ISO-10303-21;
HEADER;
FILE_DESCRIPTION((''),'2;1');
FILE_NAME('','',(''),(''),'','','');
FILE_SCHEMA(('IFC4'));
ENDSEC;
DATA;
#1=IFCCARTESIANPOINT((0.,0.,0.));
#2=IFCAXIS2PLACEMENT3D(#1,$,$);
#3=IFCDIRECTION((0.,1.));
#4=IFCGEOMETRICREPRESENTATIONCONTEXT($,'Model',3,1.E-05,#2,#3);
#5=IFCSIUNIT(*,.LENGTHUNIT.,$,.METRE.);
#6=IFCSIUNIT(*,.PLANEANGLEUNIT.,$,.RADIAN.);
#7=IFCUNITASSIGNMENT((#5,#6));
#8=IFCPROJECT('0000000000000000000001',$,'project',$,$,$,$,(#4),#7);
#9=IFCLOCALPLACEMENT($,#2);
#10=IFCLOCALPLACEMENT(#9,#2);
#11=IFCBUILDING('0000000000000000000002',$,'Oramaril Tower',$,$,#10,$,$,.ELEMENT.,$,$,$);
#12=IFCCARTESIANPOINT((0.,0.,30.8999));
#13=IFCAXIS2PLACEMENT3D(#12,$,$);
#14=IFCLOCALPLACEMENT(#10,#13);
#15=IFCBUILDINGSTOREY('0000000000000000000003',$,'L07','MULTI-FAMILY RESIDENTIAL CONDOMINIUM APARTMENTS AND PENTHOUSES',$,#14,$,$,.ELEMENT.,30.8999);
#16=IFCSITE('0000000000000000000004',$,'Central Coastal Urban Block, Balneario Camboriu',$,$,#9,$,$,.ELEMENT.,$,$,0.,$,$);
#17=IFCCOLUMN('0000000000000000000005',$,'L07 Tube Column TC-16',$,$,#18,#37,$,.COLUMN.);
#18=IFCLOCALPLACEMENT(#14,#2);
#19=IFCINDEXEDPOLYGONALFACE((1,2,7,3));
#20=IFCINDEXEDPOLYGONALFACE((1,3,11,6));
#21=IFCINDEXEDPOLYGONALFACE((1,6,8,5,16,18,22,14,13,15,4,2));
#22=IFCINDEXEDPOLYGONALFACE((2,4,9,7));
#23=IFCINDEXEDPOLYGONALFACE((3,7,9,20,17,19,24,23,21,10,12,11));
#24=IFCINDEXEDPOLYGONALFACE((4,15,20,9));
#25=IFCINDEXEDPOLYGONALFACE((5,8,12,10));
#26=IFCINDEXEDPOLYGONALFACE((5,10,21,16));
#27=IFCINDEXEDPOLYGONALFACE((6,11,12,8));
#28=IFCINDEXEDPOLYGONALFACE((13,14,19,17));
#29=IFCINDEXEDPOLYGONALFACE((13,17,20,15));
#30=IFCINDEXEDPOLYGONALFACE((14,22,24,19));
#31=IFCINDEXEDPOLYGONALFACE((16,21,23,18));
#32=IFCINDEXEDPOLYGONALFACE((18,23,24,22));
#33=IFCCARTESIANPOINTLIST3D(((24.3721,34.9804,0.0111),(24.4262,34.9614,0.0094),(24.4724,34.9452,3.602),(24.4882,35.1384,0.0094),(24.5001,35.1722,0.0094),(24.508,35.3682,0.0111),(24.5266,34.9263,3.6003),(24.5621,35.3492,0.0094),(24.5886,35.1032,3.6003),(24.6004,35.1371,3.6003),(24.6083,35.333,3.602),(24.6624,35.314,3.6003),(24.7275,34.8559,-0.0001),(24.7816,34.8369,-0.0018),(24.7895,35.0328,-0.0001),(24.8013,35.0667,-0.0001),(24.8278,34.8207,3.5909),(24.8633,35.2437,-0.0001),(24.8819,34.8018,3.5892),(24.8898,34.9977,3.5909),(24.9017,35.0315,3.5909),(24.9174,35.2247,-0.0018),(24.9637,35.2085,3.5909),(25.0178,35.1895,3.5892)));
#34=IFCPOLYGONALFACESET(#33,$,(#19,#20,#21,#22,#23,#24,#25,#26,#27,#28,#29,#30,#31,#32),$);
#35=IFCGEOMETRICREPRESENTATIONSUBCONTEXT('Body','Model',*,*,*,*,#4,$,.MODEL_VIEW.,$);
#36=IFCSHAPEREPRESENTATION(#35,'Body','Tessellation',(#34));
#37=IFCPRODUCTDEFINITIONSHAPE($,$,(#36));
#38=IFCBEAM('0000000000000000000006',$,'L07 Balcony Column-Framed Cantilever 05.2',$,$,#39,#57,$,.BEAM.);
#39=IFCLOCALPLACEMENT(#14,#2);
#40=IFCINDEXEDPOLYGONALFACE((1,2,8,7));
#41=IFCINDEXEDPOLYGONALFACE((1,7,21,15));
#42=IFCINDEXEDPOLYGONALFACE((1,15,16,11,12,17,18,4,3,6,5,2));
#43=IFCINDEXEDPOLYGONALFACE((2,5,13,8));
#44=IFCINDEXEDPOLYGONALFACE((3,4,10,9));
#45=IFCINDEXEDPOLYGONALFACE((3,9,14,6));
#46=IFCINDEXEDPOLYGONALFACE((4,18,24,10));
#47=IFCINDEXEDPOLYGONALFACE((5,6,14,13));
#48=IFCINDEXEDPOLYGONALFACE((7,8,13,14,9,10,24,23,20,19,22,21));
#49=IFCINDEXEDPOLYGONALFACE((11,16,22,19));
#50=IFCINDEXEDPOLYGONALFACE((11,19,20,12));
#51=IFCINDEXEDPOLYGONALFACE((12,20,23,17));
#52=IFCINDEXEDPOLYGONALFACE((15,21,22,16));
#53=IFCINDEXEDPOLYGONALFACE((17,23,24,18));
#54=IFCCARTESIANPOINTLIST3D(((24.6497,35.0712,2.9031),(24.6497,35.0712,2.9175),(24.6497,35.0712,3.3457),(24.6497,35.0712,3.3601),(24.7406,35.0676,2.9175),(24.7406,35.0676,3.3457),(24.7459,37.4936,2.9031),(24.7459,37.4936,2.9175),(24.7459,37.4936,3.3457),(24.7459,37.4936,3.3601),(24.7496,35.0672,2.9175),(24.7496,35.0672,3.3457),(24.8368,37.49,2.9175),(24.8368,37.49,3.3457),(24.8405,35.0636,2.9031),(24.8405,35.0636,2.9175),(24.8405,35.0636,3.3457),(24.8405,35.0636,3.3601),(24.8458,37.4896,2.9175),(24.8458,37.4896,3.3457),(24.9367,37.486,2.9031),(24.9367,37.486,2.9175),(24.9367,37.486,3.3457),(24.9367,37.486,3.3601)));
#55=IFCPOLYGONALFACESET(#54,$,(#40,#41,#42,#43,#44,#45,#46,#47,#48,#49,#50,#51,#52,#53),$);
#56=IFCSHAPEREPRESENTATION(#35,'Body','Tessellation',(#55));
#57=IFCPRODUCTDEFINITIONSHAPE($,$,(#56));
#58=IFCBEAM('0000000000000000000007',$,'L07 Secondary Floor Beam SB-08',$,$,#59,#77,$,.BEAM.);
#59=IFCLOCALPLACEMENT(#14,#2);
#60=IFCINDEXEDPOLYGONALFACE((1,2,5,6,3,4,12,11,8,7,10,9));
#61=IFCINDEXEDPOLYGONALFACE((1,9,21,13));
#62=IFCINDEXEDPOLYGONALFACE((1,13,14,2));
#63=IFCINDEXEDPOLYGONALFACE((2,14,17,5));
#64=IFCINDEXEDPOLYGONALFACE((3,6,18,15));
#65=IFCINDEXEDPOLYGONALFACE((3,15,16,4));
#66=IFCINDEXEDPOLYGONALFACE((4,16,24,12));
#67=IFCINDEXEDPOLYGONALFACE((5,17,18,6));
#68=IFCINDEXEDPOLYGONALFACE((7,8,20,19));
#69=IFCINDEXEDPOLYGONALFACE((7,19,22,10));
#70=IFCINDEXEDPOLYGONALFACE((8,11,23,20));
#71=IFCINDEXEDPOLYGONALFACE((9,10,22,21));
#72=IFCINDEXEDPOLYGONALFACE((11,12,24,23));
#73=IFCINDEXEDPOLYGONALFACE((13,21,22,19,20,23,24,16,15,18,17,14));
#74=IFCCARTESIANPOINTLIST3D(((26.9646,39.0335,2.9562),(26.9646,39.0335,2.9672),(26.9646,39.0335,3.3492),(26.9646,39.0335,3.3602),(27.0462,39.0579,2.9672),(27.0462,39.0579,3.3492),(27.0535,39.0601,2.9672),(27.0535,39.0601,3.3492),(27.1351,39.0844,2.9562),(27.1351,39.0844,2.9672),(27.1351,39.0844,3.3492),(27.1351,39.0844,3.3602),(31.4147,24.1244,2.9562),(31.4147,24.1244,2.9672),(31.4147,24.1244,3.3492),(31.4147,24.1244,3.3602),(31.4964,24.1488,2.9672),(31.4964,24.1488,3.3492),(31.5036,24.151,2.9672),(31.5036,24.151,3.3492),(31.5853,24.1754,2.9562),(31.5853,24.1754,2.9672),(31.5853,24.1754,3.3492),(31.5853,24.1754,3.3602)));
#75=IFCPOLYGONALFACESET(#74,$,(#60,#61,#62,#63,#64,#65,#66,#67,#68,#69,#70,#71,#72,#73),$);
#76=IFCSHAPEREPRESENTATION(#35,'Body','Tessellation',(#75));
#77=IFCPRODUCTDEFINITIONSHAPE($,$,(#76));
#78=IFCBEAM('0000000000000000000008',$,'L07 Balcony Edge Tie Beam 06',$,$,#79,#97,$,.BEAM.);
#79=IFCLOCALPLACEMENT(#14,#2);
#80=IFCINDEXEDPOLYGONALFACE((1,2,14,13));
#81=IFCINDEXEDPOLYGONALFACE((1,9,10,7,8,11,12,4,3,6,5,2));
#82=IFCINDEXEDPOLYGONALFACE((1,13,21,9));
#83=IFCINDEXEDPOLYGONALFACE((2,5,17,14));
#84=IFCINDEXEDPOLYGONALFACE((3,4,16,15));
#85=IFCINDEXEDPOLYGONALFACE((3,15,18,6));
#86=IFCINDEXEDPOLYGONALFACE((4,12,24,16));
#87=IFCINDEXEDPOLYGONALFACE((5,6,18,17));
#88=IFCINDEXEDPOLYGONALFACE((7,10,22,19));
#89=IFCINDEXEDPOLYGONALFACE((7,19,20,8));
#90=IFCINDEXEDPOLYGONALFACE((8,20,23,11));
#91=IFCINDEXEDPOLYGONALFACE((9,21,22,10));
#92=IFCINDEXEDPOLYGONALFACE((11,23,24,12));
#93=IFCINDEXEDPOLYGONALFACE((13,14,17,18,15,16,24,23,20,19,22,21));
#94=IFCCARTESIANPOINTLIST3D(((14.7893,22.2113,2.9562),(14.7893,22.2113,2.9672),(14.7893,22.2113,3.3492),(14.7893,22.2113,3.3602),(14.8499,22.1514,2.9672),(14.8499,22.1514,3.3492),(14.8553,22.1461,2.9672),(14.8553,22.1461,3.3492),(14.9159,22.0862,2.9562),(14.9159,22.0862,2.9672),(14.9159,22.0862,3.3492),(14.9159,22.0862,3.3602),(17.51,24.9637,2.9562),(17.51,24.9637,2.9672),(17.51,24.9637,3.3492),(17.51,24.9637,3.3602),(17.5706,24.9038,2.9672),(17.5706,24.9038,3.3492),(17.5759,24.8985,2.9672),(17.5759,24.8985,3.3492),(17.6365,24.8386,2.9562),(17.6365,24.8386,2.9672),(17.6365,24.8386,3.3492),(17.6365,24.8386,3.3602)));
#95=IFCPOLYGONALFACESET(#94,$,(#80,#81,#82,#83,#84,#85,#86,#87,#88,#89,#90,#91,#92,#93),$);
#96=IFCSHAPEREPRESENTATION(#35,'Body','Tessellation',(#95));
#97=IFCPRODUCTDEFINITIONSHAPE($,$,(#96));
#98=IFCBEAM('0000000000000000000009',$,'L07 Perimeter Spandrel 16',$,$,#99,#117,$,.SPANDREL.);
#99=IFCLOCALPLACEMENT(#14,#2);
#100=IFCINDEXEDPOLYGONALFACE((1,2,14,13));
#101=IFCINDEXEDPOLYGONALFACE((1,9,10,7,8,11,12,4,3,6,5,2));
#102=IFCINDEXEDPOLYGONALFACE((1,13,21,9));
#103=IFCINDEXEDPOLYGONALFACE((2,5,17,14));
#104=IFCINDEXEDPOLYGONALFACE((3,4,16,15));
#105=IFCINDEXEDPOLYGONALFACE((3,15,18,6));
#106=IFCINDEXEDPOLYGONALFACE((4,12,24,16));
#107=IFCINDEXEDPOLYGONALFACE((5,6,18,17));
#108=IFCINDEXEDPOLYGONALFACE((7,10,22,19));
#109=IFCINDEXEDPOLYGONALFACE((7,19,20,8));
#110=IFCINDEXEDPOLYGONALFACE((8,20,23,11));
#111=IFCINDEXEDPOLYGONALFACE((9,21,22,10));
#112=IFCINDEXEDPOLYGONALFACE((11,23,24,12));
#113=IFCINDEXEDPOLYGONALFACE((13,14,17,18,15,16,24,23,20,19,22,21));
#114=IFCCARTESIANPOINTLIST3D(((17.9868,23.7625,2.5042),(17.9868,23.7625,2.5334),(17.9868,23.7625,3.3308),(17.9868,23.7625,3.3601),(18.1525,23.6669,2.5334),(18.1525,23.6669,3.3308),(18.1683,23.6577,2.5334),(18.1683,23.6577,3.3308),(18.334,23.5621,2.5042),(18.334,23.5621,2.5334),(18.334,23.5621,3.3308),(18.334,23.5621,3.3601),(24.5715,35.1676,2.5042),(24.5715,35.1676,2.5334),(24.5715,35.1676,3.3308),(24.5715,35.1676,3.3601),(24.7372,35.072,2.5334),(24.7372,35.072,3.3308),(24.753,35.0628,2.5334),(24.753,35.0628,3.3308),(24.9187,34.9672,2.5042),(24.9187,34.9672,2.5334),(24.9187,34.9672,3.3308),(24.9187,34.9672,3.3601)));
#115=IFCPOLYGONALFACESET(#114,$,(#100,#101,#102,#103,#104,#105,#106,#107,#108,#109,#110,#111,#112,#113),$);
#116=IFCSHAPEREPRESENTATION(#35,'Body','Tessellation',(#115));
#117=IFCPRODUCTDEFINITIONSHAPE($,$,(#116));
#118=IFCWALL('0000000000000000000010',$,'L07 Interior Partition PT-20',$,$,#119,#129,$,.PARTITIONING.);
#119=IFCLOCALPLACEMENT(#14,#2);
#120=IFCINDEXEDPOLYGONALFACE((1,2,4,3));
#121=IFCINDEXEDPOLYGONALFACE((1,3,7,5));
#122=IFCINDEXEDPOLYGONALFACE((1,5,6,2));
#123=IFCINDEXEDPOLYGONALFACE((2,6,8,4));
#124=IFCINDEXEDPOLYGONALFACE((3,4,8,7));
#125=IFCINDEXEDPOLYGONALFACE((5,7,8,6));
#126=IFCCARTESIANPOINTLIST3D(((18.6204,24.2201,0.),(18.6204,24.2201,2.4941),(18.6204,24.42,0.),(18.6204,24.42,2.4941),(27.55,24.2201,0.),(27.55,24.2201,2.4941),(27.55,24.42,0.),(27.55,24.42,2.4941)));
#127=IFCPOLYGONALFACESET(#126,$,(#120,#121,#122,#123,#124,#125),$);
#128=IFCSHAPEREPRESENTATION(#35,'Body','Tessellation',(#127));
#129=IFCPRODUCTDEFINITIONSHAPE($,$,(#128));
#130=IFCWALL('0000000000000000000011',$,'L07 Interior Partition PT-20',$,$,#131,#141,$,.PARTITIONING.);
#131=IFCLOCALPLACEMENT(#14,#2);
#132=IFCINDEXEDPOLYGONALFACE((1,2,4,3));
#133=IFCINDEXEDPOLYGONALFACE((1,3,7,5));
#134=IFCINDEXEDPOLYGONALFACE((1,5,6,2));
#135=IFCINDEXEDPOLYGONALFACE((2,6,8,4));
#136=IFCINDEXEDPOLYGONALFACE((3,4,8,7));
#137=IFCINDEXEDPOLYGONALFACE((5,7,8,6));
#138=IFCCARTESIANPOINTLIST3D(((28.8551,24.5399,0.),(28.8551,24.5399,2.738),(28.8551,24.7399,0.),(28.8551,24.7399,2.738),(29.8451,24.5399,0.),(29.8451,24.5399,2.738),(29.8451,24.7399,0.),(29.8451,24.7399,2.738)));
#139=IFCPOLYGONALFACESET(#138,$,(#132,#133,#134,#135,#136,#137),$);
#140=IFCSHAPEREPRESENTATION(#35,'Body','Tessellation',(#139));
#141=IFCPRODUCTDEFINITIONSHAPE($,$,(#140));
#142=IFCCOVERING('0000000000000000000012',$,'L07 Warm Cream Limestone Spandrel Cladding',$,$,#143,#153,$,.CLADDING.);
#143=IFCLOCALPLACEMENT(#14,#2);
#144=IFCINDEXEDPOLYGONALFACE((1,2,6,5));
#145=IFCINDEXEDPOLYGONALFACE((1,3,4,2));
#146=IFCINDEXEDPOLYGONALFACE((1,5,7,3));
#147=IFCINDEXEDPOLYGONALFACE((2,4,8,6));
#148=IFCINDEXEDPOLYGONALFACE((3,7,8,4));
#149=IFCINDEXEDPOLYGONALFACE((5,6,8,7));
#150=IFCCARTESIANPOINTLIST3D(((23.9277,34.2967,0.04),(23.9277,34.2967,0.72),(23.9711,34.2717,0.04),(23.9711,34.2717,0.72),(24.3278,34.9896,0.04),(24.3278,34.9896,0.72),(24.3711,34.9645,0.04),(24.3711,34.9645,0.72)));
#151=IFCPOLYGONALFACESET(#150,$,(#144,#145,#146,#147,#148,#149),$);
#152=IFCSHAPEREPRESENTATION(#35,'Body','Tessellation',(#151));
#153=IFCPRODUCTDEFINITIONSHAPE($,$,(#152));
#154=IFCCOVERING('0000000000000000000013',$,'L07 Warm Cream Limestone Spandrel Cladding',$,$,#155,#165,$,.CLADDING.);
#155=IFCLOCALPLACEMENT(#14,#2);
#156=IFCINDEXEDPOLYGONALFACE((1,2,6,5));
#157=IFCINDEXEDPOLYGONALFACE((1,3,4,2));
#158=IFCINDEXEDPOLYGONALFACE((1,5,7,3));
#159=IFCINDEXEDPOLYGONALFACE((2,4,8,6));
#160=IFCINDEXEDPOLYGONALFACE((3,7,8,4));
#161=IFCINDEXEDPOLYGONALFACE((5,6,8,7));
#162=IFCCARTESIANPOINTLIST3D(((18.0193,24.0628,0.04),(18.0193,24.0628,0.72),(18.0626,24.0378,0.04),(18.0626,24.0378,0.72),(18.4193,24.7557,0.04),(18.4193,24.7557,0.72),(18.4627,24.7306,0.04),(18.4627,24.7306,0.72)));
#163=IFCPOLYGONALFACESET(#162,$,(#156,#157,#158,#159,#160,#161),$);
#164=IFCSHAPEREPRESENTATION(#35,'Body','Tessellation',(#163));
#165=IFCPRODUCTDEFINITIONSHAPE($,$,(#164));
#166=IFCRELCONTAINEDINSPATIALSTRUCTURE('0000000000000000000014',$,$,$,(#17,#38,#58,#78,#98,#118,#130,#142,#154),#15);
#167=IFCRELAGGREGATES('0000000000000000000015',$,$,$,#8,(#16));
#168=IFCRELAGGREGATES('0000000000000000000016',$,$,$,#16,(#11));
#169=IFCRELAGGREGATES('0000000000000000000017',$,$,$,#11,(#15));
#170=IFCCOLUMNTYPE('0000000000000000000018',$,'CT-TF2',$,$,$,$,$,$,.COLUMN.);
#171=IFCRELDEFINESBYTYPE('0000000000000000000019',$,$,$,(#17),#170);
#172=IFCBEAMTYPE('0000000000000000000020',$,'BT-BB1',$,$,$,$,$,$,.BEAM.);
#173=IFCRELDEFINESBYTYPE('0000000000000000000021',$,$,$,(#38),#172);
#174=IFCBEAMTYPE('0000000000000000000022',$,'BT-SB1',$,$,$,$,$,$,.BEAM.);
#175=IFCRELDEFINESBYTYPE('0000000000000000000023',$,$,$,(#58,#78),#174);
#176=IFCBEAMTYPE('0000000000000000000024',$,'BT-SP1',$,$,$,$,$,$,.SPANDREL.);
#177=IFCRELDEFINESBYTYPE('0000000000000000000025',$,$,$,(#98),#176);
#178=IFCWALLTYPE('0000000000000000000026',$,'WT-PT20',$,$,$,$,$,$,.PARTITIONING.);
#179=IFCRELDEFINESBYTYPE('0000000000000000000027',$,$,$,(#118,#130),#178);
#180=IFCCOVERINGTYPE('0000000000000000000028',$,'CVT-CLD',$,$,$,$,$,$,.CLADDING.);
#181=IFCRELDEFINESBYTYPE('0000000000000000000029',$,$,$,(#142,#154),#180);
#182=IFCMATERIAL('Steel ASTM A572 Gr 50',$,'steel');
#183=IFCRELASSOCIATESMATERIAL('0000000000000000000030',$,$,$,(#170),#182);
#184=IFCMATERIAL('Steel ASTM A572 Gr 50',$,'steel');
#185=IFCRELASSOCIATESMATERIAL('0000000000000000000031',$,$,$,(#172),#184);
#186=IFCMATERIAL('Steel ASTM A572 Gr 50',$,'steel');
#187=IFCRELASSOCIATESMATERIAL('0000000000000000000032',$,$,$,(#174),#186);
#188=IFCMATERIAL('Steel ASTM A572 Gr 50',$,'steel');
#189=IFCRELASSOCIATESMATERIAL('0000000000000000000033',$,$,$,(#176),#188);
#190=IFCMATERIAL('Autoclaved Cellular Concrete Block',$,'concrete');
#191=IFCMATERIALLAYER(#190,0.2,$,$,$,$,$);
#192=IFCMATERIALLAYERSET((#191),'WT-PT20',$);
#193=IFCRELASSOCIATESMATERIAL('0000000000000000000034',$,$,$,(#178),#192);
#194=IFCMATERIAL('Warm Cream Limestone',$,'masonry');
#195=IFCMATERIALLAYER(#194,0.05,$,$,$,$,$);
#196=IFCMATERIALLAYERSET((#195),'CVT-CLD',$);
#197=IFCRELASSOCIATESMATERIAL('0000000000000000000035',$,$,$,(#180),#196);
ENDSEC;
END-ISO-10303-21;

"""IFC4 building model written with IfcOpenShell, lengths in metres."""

from ifc_helpers import new_model, si_unit, direction, frame, frame_2d, origin, origin_2d, place, context, subcontext, project, spatial, rectangle, i_section, extrude, material, layer, layer_set, material_profile, profile_set, type_object, element, save


model = new_model("IFC4")

# Units and contexts
model_context = context("Model", 3, precision=1e-05, world=origin(), true_north=direction((0.0, 1.0)))
body_context = subcontext(model_context, "Body", "Model", "MODEL_VIEW")
ifc_project = project(units=[si_unit("LENGTHUNIT", "METRE"), si_unit("PLANEANGLEUNIT", "RADIAN")], contexts=[model_context])

# Site, building, storey
site_placement = place(None, origin())
site = spatial("IfcSite", under=ifc_project, at=site_placement, Name="Central Coastal Urban Block, Balneario Camboriu", CompositionType="ELEMENT", RefElevation=0.0)
building_placement = place(site_placement, origin())
building = spatial("IfcBuilding", under=site, at=building_placement, Name="Oramaril Tower", CompositionType="ELEMENT")
storey_placement = place(building_placement, frame((0.0, 0.0, 30.8999)))
storey = spatial("IfcBuildingStorey", under=building, at=storey_placement, Name="L07", Description="MULTI-FAMILY RESIDENTIAL CONDOMINIUM APARTMENTS AND PENTHOUSES", CompositionType="ELEMENT", Elevation=30.8999)

# Column
ifc_material_1 = material(Name="Steel ASTM A572 Gr 50", Category="steel")
ifc_material_profile_1 = material_profile(ifc_material_1, i_section(OverallWidth=0.4109, OverallDepth=0.4341, WebThickness=0.0359, FlangeThickness=0.0574, at=origin_2d()), Name="W14X311")
ifc_profile_set_1 = profile_set([ifc_material_profile_1], Name="Steel ASTM A572 Gr 50")
column_type = type_object("IfcColumnType", Name="CT-TF2", PredefinedType="COLUMN", material=ifc_profile_set_1)
column_placement = place(storey_placement, frame((24.6448, 35.1025, 0.0046), z_axis=(0.02793, -0.009786, 0.999562), x_axis=(0.330657, 0.943751, 0.0)))
element("IfcColumn", 1, at=column_placement, inside=storey, type_object=column_type, Name="L07 Tube Column TC-16", PredefinedType="COLUMN", context=body_context, shape_type="SweptSolid", body=[
    extrude(i_section(OverallWidth=0.4109, OverallDepth=0.4341, WebThickness=0.0359, FlangeThickness=0.0574, at=origin_2d()), origin(), (0.0, 0.0, 1.0), 3.5925),
])

# Beams
ifc_material_2 = material(Name="Steel ASTM A572 Gr 50", Category="steel")
ifc_material_profile_2 = material_profile(ifc_material_2, i_section(OverallWidth=0.1909, OverallDepth=0.457, WebThickness=0.009, FlangeThickness=0.0144, at=origin_2d()), Name="W18X50")
ifc_profile_set_2 = profile_set([ifc_material_profile_2], Name="Steel ASTM A572 Gr 50")
beam_type_1 = type_object("IfcBeamType", Name="BT-BB1", PredefinedType="BEAM", material=ifc_profile_set_2)
beam_1_placement = place(storey_placement, frame((24.7451, 35.0674, 3.1316), z_axis=(0.039678, 0.999212, 0.0), x_axis=(-0.999212, 0.039678, 0.0)))
element("IfcBeam", 2, at=beam_1_placement, inside=storey, type_object=beam_type_1, Name="L07 Balcony Column-Framed Cantilever 05.2", PredefinedType="BEAM", context=body_context, shape_type="SweptSolid", body=[
    extrude(i_section(OverallWidth=0.1909, OverallDepth=0.457, WebThickness=0.009, FlangeThickness=0.0144, at=origin_2d()), origin(), (0.0, 0.0, 1.0), 2.4243),
])
ifc_material_3 = material(Name="Steel ASTM A572 Gr 50", Category="steel")
ifc_material_profile_3 = material_profile(ifc_material_3, i_section(OverallWidth=0.178, OverallDepth=0.4041, WebThickness=0.0076, FlangeThickness=0.011, at=origin_2d()), Name="W16X36")
ifc_profile_set_3 = profile_set([ifc_material_profile_3], Name="Steel ASTM A572 Gr 50")
beam_type_2 = type_object("IfcBeamType", Name="BT-SB1", PredefinedType="BEAM", material=ifc_profile_set_3)
beam_2_placement = place(storey_placement, frame((31.5, 24.1499, 3.1582), z_axis=(-0.286017, 0.958224, 0.0), x_axis=(-0.958224, -0.286017, 0.0)))
element("IfcBeam", 3, at=beam_2_placement, inside=storey, type_object=beam_type_2, Name="L07 Secondary Floor Beam SB-08", PredefinedType="BEAM", context=body_context, shape_type="SweptSolid", body=[
    extrude(i_section(OverallWidth=0.178, OverallDepth=0.4041, WebThickness=0.0076, FlangeThickness=0.011, at=origin_2d()), origin(), (0.0, 0.0, 1.0), 15.5591),
])
beam_3_placement = place(storey_placement, frame((17.5732, 24.9011, 3.1582), z_axis=(-0.702995, -0.711195, 0.0), x_axis=(0.711195, -0.702995, 0.0)))
element("IfcBeam", 4, at=beam_3_placement, inside=storey, type_object=beam_type_2, Name="L07 Balcony Edge Tie Beam 06", PredefinedType="BEAM", context=body_context, shape_type="SweptSolid", body=[
    extrude(i_section(OverallWidth=0.178, OverallDepth=0.4041, WebThickness=0.0076, FlangeThickness=0.011, at=origin_2d()), origin(), (0.0, 0.0, 1.0), 3.8701),
])
ifc_material_4 = material(Name="Steel ASTM A572 Gr 50", Category="steel")
ifc_material_profile_4 = material_profile(ifc_material_4, i_section(OverallWidth=0.4009, OverallDepth=0.856, WebThickness=0.0183, FlangeThickness=0.0293, at=origin_2d()), Name="W33X201")
ifc_profile_set_4 = profile_set([ifc_material_profile_4], Name="Steel ASTM A572 Gr 50")
beam_type_3 = type_object("IfcBeamType", Name="BT-SP1", PredefinedType="SPANDREL", material=ifc_profile_set_4)
beam_4_placement = place(storey_placement, frame((24.7451, 35.0674, 2.9321), z_axis=(-0.500001, -0.866025, 0.0), x_axis=(0.866025, -0.500001, 0.0)))
element("IfcBeam", 5, at=beam_4_placement, inside=storey, type_object=beam_type_3, Name="L07 Perimeter Spandrel 16", PredefinedType="SPANDREL", context=body_context, shape_type="SweptSolid", body=[
    extrude(i_section(OverallWidth=0.4009, OverallDepth=0.856, WebThickness=0.0183, FlangeThickness=0.0293, at=origin_2d()), origin(), (0.0, 0.0, 1.0), 13.1694),
])

# Walls
ifc_material_5 = material(Name="Autoclaved Cellular Concrete Block", Category="concrete")
ifc_layer_1 = layer(ifc_material_5, 0.2)
ifc_layer_set_1 = layer_set([ifc_layer_1], Name="WT-PT20")
wall_type_1 = type_object("IfcWallType", Name="WT-PT20", PredefinedType="PARTITIONING", material=ifc_layer_set_1)
wall_1_placement = place(storey_placement, frame((18.6204, 24.3201, 0.0), z_axis=(0.0, 0.0, 1.0), x_axis=(1.0, 0.0, 0.0)))
element("IfcWall", 6, at=wall_1_placement, inside=storey, type_object=wall_type_1, Name="L07 Interior Partition PT-20", PredefinedType="PARTITIONING", context=body_context, shape_type="SweptSolid", body=[
    extrude(rectangle(XDim=8.9297, YDim=0.2, at=frame_2d((4.4648, 0.0))), origin(), (0.0, 0.0, 1.0), 2.4941),
])
wall_2_placement = place(storey_placement, frame((28.855, 24.6399, 0.0), z_axis=(0.0, 0.0, 1.0), x_axis=(1.0, 0.0, 0.0)))
element("IfcWall", 7, at=wall_2_placement, inside=storey, type_object=wall_type_1, Name="L07 Interior Partition PT-20", PredefinedType="PARTITIONING", context=body_context, shape_type="SweptSolid", body=[
    extrude(rectangle(XDim=0.99, YDim=0.2, at=frame_2d((0.4951, 0.0))), origin(), (0.0, 0.0, 1.0), 2.738),
])

# Coverings
ifc_material_6 = material(Name="Warm Cream Limestone", Category="masonry")
ifc_layer_2 = layer(ifc_material_6, 0.05)
ifc_layer_set_2 = layer_set([ifc_layer_2], Name="CVT-CLD")
covering_type = type_object("IfcCoveringType", Name="CVT-CLD", PredefinedType="CLADDING", material=ifc_layer_set_2)
for number, where, z_axis, x_axis, name in (
    (8, (24.1494, 34.6306, 0.04), (0.0, 0.0, 1.0), (-0.5, -0.866025, 0.0), "L07 Warm Cream Limestone Spandrel Cladding"),
    (9, (18.241, 24.3967, 0.04), (0.0, 0.0, 1.0), (-0.5, -0.866025, 0.0), "L07 Warm Cream Limestone Spandrel Cladding"),
):
    element("IfcCovering", number, at=place(storey_placement, frame(where, z_axis=z_axis, x_axis=x_axis)), inside=storey, type_object=covering_type, Name=name, PredefinedType="CLADDING", context=body_context, shape_type="SweptSolid", body=[
        extrude(rectangle(XDim=0.8, YDim=0.05, at=origin_2d()), origin(), (0.0, 0.0, 1.0), 0.6799),
    ])

save(model, "model.ifc")
